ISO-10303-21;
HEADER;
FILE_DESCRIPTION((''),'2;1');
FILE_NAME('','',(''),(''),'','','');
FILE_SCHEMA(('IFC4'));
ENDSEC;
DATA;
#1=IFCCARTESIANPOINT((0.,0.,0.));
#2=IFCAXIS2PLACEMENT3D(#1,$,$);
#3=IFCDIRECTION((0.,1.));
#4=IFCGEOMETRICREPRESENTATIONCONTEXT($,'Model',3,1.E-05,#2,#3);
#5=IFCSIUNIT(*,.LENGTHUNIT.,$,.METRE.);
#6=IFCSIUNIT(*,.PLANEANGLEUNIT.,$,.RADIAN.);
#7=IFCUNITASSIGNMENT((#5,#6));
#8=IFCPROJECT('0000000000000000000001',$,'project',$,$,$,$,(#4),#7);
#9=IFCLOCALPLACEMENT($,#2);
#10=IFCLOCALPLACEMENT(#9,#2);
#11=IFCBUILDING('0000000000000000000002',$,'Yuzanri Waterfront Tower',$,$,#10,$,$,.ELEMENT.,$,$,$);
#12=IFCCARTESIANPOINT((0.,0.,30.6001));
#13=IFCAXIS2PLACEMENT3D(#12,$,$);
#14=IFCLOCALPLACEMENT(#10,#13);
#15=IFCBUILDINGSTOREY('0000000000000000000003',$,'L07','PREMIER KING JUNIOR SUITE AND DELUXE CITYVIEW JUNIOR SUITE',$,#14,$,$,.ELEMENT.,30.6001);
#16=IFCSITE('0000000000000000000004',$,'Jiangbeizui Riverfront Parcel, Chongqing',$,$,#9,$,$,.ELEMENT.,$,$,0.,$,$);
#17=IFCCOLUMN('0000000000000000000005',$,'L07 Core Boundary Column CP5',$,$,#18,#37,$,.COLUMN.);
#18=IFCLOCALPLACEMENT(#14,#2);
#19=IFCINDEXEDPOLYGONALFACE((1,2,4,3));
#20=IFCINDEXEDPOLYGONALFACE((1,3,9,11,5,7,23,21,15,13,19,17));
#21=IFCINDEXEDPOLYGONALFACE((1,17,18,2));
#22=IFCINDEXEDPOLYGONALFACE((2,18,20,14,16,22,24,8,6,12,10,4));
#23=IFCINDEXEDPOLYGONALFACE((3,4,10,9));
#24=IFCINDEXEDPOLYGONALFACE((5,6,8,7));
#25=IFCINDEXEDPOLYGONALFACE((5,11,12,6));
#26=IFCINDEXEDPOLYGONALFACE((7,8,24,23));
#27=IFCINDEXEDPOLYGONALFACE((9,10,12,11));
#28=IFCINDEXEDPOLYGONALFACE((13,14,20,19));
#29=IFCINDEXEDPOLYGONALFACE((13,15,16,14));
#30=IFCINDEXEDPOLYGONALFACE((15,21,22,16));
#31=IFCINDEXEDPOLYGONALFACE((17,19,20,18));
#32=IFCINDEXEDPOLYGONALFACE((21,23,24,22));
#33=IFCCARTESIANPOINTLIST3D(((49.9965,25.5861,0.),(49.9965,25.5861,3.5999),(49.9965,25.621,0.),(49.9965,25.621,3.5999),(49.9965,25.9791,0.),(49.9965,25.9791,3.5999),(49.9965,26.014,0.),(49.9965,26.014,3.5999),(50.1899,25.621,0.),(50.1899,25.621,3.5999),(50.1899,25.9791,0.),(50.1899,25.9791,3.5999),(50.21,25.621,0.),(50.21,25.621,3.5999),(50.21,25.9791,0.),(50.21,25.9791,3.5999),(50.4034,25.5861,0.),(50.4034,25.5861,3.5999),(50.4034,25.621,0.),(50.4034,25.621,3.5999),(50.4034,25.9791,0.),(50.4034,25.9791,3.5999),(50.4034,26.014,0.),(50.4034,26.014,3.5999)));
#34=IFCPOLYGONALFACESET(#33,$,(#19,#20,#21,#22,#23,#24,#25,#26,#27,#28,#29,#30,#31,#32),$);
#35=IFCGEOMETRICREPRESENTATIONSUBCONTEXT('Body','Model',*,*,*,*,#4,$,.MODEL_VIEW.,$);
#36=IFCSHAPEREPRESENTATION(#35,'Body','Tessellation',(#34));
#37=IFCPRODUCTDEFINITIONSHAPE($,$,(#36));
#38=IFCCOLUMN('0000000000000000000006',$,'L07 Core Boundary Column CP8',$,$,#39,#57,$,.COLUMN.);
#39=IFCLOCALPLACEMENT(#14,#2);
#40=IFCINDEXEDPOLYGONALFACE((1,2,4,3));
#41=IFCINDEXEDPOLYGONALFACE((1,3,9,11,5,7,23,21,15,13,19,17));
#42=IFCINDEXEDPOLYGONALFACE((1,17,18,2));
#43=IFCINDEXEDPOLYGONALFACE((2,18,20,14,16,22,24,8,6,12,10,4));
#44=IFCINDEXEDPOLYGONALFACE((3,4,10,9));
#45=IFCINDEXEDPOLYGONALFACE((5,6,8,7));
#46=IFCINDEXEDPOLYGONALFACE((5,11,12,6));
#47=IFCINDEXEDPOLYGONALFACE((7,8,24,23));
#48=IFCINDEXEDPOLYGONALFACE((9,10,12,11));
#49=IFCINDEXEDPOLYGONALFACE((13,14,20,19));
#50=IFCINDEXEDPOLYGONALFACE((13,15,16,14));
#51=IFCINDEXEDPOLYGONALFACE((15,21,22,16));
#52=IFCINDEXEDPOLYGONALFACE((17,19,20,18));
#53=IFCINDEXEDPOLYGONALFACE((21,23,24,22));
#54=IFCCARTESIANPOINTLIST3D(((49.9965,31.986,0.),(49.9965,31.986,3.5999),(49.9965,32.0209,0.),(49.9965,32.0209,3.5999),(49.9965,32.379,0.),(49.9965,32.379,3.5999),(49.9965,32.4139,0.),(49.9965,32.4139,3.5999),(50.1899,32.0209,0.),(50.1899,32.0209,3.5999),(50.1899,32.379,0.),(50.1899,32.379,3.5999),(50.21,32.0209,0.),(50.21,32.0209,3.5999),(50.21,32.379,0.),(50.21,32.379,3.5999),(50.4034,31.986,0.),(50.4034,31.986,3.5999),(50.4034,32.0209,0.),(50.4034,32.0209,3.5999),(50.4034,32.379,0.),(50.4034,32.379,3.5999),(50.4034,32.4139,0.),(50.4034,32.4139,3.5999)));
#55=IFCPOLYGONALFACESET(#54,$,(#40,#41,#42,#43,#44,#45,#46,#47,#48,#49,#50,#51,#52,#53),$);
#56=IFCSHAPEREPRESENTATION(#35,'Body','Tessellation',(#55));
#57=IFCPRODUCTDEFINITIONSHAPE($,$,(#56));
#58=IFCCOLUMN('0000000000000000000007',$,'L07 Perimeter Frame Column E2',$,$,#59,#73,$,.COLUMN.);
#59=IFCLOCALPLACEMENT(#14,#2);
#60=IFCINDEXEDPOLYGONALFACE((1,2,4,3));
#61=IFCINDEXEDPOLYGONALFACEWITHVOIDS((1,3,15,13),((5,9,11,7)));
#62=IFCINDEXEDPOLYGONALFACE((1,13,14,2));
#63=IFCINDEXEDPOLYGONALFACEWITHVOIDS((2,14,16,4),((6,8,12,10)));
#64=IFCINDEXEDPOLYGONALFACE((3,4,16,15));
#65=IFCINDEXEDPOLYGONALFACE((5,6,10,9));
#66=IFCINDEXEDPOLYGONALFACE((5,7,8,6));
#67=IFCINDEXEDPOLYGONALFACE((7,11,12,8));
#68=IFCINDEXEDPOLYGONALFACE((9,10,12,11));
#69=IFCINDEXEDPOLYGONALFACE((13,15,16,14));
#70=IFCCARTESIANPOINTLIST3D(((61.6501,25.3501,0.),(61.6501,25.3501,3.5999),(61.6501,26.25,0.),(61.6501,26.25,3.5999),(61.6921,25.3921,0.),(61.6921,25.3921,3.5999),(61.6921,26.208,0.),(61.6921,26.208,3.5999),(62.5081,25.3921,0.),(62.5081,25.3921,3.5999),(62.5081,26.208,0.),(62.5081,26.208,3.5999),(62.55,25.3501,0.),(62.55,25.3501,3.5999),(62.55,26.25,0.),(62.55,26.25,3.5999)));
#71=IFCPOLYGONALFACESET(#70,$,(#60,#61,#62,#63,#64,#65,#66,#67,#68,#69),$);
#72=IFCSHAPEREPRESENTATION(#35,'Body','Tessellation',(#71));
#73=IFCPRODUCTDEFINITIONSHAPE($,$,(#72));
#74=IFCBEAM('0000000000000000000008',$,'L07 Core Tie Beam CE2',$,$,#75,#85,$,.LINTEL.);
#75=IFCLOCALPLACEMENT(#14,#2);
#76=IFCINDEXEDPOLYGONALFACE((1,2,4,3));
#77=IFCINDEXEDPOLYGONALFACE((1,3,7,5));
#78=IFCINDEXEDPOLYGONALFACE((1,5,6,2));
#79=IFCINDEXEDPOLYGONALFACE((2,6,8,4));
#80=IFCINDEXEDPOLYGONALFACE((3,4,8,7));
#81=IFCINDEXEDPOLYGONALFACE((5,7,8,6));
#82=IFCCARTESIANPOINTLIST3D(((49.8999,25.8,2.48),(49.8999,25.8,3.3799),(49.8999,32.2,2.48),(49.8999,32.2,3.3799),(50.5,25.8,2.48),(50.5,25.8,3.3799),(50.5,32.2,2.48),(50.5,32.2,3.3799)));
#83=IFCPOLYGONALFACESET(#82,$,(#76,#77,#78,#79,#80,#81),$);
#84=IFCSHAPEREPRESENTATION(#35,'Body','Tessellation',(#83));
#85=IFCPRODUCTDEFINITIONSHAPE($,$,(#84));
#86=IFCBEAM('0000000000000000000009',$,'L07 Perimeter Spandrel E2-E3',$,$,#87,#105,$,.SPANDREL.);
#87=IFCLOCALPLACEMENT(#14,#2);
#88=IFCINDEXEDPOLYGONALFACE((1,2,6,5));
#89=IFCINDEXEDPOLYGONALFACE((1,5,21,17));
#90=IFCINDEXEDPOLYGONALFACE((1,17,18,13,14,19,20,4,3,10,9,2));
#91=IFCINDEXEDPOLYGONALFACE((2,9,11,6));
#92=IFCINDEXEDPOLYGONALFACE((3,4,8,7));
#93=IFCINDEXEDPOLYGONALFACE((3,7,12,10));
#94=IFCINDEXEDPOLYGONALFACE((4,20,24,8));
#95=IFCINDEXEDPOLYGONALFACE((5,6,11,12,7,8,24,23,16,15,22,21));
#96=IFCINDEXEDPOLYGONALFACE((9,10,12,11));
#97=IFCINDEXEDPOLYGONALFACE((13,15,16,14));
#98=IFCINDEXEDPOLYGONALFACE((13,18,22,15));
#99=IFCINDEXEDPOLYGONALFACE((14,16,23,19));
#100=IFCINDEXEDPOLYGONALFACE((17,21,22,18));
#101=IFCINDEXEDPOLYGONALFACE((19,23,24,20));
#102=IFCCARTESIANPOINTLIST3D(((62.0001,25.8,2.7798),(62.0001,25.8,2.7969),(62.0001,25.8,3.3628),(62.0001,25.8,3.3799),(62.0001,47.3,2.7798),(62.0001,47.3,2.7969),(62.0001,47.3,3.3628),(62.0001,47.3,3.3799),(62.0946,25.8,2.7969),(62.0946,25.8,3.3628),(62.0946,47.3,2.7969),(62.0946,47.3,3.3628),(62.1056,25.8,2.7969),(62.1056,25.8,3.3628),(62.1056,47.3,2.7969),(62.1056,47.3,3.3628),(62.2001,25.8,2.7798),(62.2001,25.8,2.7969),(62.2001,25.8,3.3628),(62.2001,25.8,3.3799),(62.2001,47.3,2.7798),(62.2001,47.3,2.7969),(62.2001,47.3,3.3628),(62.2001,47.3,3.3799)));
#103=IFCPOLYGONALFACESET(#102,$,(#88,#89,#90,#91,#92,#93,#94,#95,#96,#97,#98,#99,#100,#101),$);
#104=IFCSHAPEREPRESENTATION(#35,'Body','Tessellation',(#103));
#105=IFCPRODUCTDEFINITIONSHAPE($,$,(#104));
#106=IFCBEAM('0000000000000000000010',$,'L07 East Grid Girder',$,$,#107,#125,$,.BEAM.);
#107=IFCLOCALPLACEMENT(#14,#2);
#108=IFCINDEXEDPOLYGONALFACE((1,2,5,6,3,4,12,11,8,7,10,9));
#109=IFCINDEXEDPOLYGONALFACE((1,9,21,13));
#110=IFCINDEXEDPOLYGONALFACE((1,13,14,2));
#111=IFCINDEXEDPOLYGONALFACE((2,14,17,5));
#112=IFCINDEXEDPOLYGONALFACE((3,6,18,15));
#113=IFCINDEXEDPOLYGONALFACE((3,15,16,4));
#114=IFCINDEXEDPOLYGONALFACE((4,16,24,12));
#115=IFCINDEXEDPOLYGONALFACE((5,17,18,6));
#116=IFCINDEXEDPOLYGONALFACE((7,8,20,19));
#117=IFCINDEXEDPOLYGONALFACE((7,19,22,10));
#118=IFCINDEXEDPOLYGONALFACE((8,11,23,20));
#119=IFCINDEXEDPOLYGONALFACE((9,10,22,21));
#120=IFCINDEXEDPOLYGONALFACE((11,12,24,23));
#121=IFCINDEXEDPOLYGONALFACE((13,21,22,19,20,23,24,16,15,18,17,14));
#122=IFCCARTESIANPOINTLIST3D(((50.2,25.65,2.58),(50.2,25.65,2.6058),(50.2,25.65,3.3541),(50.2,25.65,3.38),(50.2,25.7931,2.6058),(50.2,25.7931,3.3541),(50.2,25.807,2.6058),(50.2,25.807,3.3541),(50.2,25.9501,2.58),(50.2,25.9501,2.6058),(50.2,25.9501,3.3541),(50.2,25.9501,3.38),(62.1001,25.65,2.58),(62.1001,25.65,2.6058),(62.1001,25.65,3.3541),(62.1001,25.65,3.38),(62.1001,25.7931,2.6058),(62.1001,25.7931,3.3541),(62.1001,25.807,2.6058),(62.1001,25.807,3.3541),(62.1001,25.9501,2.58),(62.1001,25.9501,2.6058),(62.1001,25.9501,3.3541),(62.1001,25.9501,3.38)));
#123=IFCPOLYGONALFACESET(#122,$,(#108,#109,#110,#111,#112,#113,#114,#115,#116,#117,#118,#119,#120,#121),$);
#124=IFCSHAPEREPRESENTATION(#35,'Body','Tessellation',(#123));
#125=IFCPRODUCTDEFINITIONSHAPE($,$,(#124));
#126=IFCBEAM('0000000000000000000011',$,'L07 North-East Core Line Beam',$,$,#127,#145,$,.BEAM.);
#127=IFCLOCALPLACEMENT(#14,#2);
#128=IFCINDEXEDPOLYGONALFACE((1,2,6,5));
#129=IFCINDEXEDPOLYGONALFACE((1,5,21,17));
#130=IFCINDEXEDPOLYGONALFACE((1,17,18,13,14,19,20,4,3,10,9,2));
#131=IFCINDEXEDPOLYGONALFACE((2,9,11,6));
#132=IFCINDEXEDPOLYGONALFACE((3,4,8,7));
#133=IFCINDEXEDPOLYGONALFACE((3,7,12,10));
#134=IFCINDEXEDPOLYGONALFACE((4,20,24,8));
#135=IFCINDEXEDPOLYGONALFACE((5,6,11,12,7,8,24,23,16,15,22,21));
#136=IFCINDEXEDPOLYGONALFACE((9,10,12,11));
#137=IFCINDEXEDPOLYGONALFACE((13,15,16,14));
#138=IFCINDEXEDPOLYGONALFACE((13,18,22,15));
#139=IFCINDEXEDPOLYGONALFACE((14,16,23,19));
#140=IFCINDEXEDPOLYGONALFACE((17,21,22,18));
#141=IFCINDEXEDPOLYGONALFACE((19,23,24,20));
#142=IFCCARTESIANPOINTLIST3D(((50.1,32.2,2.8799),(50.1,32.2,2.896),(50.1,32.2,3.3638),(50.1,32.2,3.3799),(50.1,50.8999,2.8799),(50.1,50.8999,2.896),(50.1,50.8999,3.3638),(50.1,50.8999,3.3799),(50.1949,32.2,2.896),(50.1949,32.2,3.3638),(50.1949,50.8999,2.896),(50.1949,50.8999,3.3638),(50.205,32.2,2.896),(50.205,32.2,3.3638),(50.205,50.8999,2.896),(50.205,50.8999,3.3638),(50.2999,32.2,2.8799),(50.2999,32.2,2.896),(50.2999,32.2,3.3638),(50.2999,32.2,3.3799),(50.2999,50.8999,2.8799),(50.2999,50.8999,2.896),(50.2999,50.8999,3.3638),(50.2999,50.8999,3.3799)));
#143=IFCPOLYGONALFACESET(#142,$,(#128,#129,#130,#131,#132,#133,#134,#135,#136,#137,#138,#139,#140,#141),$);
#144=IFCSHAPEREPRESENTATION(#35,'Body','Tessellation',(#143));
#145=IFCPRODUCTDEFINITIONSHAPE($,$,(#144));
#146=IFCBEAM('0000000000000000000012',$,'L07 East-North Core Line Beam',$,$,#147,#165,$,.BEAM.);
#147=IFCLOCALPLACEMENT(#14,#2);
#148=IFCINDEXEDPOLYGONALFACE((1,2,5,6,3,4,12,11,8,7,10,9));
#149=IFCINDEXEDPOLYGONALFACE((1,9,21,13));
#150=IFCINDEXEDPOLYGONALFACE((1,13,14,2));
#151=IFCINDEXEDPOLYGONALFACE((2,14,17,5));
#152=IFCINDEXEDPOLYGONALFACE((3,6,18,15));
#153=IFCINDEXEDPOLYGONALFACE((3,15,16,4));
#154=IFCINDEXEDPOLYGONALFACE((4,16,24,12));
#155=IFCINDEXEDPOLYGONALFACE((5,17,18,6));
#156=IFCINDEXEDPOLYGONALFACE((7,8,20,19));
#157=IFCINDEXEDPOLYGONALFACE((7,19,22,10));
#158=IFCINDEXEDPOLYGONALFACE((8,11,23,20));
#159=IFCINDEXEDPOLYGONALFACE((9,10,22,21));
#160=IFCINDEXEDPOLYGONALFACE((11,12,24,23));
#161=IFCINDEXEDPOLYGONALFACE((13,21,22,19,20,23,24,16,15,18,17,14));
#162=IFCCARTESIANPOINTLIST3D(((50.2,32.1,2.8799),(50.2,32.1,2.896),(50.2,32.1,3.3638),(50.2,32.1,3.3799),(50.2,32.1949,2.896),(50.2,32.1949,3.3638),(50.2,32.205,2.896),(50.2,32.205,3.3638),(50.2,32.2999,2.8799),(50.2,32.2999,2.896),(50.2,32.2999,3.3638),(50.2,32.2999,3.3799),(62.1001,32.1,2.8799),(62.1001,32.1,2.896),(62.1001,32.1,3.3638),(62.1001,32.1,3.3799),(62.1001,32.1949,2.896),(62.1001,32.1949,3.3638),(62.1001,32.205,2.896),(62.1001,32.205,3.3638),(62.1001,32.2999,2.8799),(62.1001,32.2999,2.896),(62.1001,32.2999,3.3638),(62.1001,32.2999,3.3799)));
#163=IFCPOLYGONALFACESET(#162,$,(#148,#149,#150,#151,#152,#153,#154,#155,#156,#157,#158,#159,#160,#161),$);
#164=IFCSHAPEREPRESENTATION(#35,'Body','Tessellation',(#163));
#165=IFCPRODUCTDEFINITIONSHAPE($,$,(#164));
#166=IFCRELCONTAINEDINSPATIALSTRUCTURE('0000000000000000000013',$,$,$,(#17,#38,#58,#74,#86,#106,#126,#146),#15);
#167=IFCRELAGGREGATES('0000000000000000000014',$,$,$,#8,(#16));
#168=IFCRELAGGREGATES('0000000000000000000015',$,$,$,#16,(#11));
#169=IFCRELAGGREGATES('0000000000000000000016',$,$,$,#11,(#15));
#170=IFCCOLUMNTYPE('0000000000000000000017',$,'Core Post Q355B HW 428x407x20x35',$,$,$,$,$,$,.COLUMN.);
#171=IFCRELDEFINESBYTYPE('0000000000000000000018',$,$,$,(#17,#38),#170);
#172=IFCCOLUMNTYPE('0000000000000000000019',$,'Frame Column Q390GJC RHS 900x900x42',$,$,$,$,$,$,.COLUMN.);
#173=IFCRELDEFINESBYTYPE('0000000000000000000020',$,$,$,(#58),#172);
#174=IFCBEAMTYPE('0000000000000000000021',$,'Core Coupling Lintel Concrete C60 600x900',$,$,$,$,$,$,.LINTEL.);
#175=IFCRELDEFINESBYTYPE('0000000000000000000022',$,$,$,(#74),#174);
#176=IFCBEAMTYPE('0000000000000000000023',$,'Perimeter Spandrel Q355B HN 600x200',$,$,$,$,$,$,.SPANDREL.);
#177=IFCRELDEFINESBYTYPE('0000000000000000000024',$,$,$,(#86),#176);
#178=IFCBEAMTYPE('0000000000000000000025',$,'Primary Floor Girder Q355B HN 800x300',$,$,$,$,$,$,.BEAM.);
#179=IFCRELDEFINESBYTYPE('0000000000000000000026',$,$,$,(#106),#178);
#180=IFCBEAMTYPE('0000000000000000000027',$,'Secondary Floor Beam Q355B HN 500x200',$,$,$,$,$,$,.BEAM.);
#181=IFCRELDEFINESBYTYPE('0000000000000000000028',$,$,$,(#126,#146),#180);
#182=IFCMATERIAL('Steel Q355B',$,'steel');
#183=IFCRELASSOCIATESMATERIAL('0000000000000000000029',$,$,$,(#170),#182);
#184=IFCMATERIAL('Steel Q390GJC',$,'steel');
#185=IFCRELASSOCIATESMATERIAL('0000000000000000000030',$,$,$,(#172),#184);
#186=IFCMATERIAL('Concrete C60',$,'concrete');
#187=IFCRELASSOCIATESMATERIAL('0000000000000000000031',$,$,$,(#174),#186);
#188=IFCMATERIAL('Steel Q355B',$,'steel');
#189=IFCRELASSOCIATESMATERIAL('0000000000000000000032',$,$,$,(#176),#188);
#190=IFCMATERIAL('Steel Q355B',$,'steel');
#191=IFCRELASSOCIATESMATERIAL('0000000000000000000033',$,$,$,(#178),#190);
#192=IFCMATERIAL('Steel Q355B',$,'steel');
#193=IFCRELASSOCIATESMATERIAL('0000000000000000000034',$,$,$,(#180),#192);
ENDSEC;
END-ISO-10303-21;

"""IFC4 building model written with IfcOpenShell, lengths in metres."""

from ifc_helpers import new_model, si_unit, direction, frame, origin, origin_2d, place, context, subcontext, project, spatial, rectangle, hollow_rectangle, i_section, extrude, source, transform, mapped, material, material_profile, profile_set, type_object, element, save


model = new_model("IFC4")

# Units and contexts
model_context = context("Model", 3, precision=1e-05, world=origin(), true_north=direction((0.0, 1.0)))
body_context = subcontext(model_context, "Body", "Model", "MODEL_VIEW")
ifc_project = project(units=[si_unit("LENGTHUNIT", "METRE"), si_unit("PLANEANGLEUNIT", "RADIAN")], contexts=[model_context])

# Site, building, storey
site_placement = place(None, origin())
site = spatial("IfcSite", under=ifc_project, at=site_placement, Name="Jiangbeizui Riverfront Parcel, Chongqing", CompositionType="ELEMENT", RefElevation=0.0)
building_placement = place(site_placement, origin())
building = spatial("IfcBuilding", under=site, at=building_placement, Name="Yuzanri Waterfront Tower", CompositionType="ELEMENT")
storey_placement = place(building_placement, frame((0.0, 0.0, 30.6001)))
storey = spatial("IfcBuildingStorey", under=building, at=storey_placement, Name="L07", Description="PREMIER KING JUNIOR SUITE AND DELUXE CITYVIEW JUNIOR SUITE", CompositionType="ELEMENT", Elevation=30.6001)

# Columns
ifc_material_1 = material(Name="Steel Q355B", Category="steel")
ifc_material_profile_1 = material_profile(ifc_material_1, i_section(OverallWidth=0.407, OverallDepth=0.428, WebThickness=0.02, FlangeThickness=0.0349, at=origin_2d()), Name="HW 428x407x20x35")
ifc_profile_set_1 = profile_set([ifc_material_profile_1], Name="Steel Q355B")
column_type_1 = type_object("IfcColumnType", Name="Core Post Q355B HW 428x407x20x35", PredefinedType="COLUMN", material=ifc_profile_set_1)
shared_shape_1 = source(origin(), body_context, "Body", "SweptSolid", [
    extrude(i_section(OverallWidth=0.407, OverallDepth=0.428, WebThickness=0.02, FlangeThickness=0.0349, at=origin_2d()), origin(), (0.0, 0.0, 1.0), 3.5999),
])
for number, where, z_axis, x_axis, name in (
    (1, (50.2, 25.8, 0.0), (0.0, 0.0, 1.0), (1.0, 0.0, 0.0), "L07 Core Boundary Column CP5"),
    (2, (50.2, 32.2, 0.0), (0.0, 0.0, 1.0), (1.0, 0.0, 0.0), "L07 Core Boundary Column CP8"),
):
    element("IfcColumn", number, at=place(storey_placement, frame(where, z_axis=z_axis, x_axis=x_axis)), inside=storey, type_object=column_type_1, Name=name, PredefinedType="COLUMN", context=body_context, shape_type="MappedRepresentation", body=[
        mapped(shared_shape_1, transform((0.0, 0.0, 0.0), scale=1.0)),
    ])
ifc_material_2 = material(Name="Steel Q390GJC", Category="steel")
ifc_material_profile_2 = material_profile(ifc_material_2, hollow_rectangle(XDim=0.8999, YDim=0.8999, WallThickness=0.042, at=origin_2d()), Name="RHS 900x900x42")
ifc_profile_set_2 = profile_set([ifc_material_profile_2], Name="Steel Q390GJC")
column_type_2 = type_object("IfcColumnType", Name="Frame Column Q390GJC RHS 900x900x42", PredefinedType="COLUMN", material=ifc_profile_set_2)
shared_shape_2 = source(origin(), body_context, "Body", "SweptSolid", [
    extrude(hollow_rectangle(XDim=0.8999, YDim=0.8999, WallThickness=0.042, at=origin_2d()), origin(), (0.0, 0.0, 1.0), 3.5999),
])
column_placement = place(storey_placement, frame((62.1001, 25.8, 0.0), z_axis=(0.0, 0.0, 1.0), x_axis=(1.0, 0.0, 0.0)))
element("IfcColumn", 3, at=column_placement, inside=storey, type_object=column_type_2, Name="L07 Perimeter Frame Column E2", PredefinedType="COLUMN", context=body_context, shape_type="MappedRepresentation", body=[
    mapped(shared_shape_2, transform((0.0, 0.0, 0.0), scale=1.0)),
])

# Beams
ifc_material_3 = material(Name="Concrete C60", Category="concrete")
ifc_material_profile_3 = material_profile(ifc_material_3, rectangle(XDim=0.6001, YDim=0.8999, at=origin_2d()), Name="RC 600x900")
ifc_profile_set_3 = profile_set([ifc_material_profile_3], Name="Concrete C60")
beam_type_1 = type_object("IfcBeamType", Name="Core Coupling Lintel Concrete C60 600x900", PredefinedType="LINTEL", material=ifc_profile_set_3)
shared_shape_3 = source(origin(), body_context, "Body", "SweptSolid", [
    extrude(rectangle(XDim=0.6001, YDim=0.8999, at=origin_2d()), origin(), (0.0, 0.0, 1.0), 6.3999),
])
beam_1_placement = place(storey_placement, frame((50.2, 25.8, 2.9299), z_axis=(0.0, 1.0, 0.0), x_axis=(-1.0, 0.0, 0.0)))
element("IfcBeam", 4, at=beam_1_placement, inside=storey, type_object=beam_type_1, Name="L07 Core Tie Beam CE2", PredefinedType="LINTEL", context=body_context, shape_type="MappedRepresentation", body=[
    mapped(shared_shape_3, transform((0.0, 0.0, 0.0), scale=1.0)),
])
ifc_material_4 = material(Name="Steel Q355B", Category="steel")
ifc_material_profile_4 = material_profile(ifc_material_4, i_section(OverallWidth=0.2, OverallDepth=0.6001, WebThickness=0.011, FlangeThickness=0.0171, at=origin_2d()), Name="HN 600x200x11x17")
ifc_profile_set_4 = profile_set([ifc_material_profile_4], Name="Steel Q355B")
beam_type_2 = type_object("IfcBeamType", Name="Perimeter Spandrel Q355B HN 600x200", PredefinedType="SPANDREL", material=ifc_profile_set_4)
shared_shape_4 = source(origin(), body_context, "Body", "SweptSolid", [
    extrude(i_section(OverallWidth=0.2, OverallDepth=0.6001, WebThickness=0.011, FlangeThickness=0.0171, at=origin_2d()), origin(), (0.0, 0.0, 1.0), 21.5),
])
beam_2_placement = place(storey_placement, frame((62.1001, 25.8, 3.0798), z_axis=(0.0, 1.0, 0.0), x_axis=(-1.0, 0.0, 0.0)))
element("IfcBeam", 5, at=beam_2_placement, inside=storey, type_object=beam_type_2, Name="L07 Perimeter Spandrel E2-E3", PredefinedType="SPANDREL", context=body_context, shape_type="MappedRepresentation", body=[
    mapped(shared_shape_4, transform((0.0, 0.0, 0.0), scale=1.0)),
])
ifc_material_5 = material(Name="Steel Q355B", Category="steel")
ifc_material_profile_5 = material_profile(ifc_material_5, i_section(OverallWidth=0.3, OverallDepth=0.8, WebThickness=0.0139, FlangeThickness=0.0259, at=origin_2d()), Name="HN 800x300x14x26")
ifc_profile_set_5 = profile_set([ifc_material_profile_5], Name="Steel Q355B")
beam_type_3 = type_object("IfcBeamType", Name="Primary Floor Girder Q355B HN 800x300", PredefinedType="BEAM", material=ifc_profile_set_5)
shared_shape_5 = source(origin(), body_context, "Body", "SweptSolid", [
    extrude(i_section(OverallWidth=0.3, OverallDepth=0.8, WebThickness=0.0139, FlangeThickness=0.0259, at=origin_2d()), origin(), (0.0, 0.0, 1.0), 11.9001),
])
beam_3_placement = place(storey_placement, frame((50.2, 25.8, 2.98), z_axis=(1.0, 0.0, 0.0), x_axis=(0.0, 1.0, 0.0)))
element("IfcBeam", 6, at=beam_3_placement, inside=storey, type_object=beam_type_3, Name="L07 East Grid Girder", PredefinedType="BEAM", context=body_context, shape_type="MappedRepresentation", body=[
    mapped(shared_shape_5, transform((0.0, 0.0, 0.0), scale=1.0)),
])
ifc_material_6 = material(Name="Steel Q355B", Category="steel")
ifc_material_profile_6 = material_profile(ifc_material_6, i_section(OverallWidth=0.2, OverallDepth=0.5, WebThickness=0.01, FlangeThickness=0.0161, at=origin_2d()), Name="HN 500x200x10x16")
ifc_profile_set_6 = profile_set([ifc_material_profile_6], Name="Steel Q355B")
beam_type_4 = type_object("IfcBeamType", Name="Secondary Floor Beam Q355B HN 500x200", PredefinedType="BEAM", material=ifc_profile_set_6)
shared_shape_6 = source(origin(), body_context, "Body", "SweptSolid", [
    extrude(i_section(OverallWidth=0.2, OverallDepth=0.5, WebThickness=0.01, FlangeThickness=0.0161, at=origin_2d()), origin(), (0.0, 0.0, 1.0), 18.7),
])
beam_4_placement = place(storey_placement, frame((50.2, 32.2, 3.1299), z_axis=(0.0, 1.0, 0.0), x_axis=(-1.0, 0.0, 0.0)))
element("IfcBeam", 7, at=beam_4_placement, inside=storey, type_object=beam_type_4, Name="L07 North-East Core Line Beam", PredefinedType="BEAM", context=body_context, shape_type="MappedRepresentation", body=[
    mapped(shared_shape_6, transform((0.0, 0.0, 0.0), scale=1.0)),
])
shared_shape_7 = source(origin(), body_context, "Body", "SweptSolid", [
    extrude(i_section(OverallWidth=0.2, OverallDepth=0.5, WebThickness=0.01, FlangeThickness=0.0161, at=origin_2d()), origin(), (0.0, 0.0, 1.0), 11.9001),
])
beam_5_placement = place(storey_placement, frame((50.2, 32.2, 3.1299), z_axis=(1.0, 0.0, 0.0), x_axis=(0.0, 1.0, 0.0)))
element("IfcBeam", 8, at=beam_5_placement, inside=storey, type_object=beam_type_4, Name="L07 East-North Core Line Beam", PredefinedType="BEAM", context=body_context, shape_type="MappedRepresentation", body=[
    mapped(shared_shape_7, transform((0.0, 0.0, 0.0), scale=1.0)),
])

save(model, "model.ifc")
